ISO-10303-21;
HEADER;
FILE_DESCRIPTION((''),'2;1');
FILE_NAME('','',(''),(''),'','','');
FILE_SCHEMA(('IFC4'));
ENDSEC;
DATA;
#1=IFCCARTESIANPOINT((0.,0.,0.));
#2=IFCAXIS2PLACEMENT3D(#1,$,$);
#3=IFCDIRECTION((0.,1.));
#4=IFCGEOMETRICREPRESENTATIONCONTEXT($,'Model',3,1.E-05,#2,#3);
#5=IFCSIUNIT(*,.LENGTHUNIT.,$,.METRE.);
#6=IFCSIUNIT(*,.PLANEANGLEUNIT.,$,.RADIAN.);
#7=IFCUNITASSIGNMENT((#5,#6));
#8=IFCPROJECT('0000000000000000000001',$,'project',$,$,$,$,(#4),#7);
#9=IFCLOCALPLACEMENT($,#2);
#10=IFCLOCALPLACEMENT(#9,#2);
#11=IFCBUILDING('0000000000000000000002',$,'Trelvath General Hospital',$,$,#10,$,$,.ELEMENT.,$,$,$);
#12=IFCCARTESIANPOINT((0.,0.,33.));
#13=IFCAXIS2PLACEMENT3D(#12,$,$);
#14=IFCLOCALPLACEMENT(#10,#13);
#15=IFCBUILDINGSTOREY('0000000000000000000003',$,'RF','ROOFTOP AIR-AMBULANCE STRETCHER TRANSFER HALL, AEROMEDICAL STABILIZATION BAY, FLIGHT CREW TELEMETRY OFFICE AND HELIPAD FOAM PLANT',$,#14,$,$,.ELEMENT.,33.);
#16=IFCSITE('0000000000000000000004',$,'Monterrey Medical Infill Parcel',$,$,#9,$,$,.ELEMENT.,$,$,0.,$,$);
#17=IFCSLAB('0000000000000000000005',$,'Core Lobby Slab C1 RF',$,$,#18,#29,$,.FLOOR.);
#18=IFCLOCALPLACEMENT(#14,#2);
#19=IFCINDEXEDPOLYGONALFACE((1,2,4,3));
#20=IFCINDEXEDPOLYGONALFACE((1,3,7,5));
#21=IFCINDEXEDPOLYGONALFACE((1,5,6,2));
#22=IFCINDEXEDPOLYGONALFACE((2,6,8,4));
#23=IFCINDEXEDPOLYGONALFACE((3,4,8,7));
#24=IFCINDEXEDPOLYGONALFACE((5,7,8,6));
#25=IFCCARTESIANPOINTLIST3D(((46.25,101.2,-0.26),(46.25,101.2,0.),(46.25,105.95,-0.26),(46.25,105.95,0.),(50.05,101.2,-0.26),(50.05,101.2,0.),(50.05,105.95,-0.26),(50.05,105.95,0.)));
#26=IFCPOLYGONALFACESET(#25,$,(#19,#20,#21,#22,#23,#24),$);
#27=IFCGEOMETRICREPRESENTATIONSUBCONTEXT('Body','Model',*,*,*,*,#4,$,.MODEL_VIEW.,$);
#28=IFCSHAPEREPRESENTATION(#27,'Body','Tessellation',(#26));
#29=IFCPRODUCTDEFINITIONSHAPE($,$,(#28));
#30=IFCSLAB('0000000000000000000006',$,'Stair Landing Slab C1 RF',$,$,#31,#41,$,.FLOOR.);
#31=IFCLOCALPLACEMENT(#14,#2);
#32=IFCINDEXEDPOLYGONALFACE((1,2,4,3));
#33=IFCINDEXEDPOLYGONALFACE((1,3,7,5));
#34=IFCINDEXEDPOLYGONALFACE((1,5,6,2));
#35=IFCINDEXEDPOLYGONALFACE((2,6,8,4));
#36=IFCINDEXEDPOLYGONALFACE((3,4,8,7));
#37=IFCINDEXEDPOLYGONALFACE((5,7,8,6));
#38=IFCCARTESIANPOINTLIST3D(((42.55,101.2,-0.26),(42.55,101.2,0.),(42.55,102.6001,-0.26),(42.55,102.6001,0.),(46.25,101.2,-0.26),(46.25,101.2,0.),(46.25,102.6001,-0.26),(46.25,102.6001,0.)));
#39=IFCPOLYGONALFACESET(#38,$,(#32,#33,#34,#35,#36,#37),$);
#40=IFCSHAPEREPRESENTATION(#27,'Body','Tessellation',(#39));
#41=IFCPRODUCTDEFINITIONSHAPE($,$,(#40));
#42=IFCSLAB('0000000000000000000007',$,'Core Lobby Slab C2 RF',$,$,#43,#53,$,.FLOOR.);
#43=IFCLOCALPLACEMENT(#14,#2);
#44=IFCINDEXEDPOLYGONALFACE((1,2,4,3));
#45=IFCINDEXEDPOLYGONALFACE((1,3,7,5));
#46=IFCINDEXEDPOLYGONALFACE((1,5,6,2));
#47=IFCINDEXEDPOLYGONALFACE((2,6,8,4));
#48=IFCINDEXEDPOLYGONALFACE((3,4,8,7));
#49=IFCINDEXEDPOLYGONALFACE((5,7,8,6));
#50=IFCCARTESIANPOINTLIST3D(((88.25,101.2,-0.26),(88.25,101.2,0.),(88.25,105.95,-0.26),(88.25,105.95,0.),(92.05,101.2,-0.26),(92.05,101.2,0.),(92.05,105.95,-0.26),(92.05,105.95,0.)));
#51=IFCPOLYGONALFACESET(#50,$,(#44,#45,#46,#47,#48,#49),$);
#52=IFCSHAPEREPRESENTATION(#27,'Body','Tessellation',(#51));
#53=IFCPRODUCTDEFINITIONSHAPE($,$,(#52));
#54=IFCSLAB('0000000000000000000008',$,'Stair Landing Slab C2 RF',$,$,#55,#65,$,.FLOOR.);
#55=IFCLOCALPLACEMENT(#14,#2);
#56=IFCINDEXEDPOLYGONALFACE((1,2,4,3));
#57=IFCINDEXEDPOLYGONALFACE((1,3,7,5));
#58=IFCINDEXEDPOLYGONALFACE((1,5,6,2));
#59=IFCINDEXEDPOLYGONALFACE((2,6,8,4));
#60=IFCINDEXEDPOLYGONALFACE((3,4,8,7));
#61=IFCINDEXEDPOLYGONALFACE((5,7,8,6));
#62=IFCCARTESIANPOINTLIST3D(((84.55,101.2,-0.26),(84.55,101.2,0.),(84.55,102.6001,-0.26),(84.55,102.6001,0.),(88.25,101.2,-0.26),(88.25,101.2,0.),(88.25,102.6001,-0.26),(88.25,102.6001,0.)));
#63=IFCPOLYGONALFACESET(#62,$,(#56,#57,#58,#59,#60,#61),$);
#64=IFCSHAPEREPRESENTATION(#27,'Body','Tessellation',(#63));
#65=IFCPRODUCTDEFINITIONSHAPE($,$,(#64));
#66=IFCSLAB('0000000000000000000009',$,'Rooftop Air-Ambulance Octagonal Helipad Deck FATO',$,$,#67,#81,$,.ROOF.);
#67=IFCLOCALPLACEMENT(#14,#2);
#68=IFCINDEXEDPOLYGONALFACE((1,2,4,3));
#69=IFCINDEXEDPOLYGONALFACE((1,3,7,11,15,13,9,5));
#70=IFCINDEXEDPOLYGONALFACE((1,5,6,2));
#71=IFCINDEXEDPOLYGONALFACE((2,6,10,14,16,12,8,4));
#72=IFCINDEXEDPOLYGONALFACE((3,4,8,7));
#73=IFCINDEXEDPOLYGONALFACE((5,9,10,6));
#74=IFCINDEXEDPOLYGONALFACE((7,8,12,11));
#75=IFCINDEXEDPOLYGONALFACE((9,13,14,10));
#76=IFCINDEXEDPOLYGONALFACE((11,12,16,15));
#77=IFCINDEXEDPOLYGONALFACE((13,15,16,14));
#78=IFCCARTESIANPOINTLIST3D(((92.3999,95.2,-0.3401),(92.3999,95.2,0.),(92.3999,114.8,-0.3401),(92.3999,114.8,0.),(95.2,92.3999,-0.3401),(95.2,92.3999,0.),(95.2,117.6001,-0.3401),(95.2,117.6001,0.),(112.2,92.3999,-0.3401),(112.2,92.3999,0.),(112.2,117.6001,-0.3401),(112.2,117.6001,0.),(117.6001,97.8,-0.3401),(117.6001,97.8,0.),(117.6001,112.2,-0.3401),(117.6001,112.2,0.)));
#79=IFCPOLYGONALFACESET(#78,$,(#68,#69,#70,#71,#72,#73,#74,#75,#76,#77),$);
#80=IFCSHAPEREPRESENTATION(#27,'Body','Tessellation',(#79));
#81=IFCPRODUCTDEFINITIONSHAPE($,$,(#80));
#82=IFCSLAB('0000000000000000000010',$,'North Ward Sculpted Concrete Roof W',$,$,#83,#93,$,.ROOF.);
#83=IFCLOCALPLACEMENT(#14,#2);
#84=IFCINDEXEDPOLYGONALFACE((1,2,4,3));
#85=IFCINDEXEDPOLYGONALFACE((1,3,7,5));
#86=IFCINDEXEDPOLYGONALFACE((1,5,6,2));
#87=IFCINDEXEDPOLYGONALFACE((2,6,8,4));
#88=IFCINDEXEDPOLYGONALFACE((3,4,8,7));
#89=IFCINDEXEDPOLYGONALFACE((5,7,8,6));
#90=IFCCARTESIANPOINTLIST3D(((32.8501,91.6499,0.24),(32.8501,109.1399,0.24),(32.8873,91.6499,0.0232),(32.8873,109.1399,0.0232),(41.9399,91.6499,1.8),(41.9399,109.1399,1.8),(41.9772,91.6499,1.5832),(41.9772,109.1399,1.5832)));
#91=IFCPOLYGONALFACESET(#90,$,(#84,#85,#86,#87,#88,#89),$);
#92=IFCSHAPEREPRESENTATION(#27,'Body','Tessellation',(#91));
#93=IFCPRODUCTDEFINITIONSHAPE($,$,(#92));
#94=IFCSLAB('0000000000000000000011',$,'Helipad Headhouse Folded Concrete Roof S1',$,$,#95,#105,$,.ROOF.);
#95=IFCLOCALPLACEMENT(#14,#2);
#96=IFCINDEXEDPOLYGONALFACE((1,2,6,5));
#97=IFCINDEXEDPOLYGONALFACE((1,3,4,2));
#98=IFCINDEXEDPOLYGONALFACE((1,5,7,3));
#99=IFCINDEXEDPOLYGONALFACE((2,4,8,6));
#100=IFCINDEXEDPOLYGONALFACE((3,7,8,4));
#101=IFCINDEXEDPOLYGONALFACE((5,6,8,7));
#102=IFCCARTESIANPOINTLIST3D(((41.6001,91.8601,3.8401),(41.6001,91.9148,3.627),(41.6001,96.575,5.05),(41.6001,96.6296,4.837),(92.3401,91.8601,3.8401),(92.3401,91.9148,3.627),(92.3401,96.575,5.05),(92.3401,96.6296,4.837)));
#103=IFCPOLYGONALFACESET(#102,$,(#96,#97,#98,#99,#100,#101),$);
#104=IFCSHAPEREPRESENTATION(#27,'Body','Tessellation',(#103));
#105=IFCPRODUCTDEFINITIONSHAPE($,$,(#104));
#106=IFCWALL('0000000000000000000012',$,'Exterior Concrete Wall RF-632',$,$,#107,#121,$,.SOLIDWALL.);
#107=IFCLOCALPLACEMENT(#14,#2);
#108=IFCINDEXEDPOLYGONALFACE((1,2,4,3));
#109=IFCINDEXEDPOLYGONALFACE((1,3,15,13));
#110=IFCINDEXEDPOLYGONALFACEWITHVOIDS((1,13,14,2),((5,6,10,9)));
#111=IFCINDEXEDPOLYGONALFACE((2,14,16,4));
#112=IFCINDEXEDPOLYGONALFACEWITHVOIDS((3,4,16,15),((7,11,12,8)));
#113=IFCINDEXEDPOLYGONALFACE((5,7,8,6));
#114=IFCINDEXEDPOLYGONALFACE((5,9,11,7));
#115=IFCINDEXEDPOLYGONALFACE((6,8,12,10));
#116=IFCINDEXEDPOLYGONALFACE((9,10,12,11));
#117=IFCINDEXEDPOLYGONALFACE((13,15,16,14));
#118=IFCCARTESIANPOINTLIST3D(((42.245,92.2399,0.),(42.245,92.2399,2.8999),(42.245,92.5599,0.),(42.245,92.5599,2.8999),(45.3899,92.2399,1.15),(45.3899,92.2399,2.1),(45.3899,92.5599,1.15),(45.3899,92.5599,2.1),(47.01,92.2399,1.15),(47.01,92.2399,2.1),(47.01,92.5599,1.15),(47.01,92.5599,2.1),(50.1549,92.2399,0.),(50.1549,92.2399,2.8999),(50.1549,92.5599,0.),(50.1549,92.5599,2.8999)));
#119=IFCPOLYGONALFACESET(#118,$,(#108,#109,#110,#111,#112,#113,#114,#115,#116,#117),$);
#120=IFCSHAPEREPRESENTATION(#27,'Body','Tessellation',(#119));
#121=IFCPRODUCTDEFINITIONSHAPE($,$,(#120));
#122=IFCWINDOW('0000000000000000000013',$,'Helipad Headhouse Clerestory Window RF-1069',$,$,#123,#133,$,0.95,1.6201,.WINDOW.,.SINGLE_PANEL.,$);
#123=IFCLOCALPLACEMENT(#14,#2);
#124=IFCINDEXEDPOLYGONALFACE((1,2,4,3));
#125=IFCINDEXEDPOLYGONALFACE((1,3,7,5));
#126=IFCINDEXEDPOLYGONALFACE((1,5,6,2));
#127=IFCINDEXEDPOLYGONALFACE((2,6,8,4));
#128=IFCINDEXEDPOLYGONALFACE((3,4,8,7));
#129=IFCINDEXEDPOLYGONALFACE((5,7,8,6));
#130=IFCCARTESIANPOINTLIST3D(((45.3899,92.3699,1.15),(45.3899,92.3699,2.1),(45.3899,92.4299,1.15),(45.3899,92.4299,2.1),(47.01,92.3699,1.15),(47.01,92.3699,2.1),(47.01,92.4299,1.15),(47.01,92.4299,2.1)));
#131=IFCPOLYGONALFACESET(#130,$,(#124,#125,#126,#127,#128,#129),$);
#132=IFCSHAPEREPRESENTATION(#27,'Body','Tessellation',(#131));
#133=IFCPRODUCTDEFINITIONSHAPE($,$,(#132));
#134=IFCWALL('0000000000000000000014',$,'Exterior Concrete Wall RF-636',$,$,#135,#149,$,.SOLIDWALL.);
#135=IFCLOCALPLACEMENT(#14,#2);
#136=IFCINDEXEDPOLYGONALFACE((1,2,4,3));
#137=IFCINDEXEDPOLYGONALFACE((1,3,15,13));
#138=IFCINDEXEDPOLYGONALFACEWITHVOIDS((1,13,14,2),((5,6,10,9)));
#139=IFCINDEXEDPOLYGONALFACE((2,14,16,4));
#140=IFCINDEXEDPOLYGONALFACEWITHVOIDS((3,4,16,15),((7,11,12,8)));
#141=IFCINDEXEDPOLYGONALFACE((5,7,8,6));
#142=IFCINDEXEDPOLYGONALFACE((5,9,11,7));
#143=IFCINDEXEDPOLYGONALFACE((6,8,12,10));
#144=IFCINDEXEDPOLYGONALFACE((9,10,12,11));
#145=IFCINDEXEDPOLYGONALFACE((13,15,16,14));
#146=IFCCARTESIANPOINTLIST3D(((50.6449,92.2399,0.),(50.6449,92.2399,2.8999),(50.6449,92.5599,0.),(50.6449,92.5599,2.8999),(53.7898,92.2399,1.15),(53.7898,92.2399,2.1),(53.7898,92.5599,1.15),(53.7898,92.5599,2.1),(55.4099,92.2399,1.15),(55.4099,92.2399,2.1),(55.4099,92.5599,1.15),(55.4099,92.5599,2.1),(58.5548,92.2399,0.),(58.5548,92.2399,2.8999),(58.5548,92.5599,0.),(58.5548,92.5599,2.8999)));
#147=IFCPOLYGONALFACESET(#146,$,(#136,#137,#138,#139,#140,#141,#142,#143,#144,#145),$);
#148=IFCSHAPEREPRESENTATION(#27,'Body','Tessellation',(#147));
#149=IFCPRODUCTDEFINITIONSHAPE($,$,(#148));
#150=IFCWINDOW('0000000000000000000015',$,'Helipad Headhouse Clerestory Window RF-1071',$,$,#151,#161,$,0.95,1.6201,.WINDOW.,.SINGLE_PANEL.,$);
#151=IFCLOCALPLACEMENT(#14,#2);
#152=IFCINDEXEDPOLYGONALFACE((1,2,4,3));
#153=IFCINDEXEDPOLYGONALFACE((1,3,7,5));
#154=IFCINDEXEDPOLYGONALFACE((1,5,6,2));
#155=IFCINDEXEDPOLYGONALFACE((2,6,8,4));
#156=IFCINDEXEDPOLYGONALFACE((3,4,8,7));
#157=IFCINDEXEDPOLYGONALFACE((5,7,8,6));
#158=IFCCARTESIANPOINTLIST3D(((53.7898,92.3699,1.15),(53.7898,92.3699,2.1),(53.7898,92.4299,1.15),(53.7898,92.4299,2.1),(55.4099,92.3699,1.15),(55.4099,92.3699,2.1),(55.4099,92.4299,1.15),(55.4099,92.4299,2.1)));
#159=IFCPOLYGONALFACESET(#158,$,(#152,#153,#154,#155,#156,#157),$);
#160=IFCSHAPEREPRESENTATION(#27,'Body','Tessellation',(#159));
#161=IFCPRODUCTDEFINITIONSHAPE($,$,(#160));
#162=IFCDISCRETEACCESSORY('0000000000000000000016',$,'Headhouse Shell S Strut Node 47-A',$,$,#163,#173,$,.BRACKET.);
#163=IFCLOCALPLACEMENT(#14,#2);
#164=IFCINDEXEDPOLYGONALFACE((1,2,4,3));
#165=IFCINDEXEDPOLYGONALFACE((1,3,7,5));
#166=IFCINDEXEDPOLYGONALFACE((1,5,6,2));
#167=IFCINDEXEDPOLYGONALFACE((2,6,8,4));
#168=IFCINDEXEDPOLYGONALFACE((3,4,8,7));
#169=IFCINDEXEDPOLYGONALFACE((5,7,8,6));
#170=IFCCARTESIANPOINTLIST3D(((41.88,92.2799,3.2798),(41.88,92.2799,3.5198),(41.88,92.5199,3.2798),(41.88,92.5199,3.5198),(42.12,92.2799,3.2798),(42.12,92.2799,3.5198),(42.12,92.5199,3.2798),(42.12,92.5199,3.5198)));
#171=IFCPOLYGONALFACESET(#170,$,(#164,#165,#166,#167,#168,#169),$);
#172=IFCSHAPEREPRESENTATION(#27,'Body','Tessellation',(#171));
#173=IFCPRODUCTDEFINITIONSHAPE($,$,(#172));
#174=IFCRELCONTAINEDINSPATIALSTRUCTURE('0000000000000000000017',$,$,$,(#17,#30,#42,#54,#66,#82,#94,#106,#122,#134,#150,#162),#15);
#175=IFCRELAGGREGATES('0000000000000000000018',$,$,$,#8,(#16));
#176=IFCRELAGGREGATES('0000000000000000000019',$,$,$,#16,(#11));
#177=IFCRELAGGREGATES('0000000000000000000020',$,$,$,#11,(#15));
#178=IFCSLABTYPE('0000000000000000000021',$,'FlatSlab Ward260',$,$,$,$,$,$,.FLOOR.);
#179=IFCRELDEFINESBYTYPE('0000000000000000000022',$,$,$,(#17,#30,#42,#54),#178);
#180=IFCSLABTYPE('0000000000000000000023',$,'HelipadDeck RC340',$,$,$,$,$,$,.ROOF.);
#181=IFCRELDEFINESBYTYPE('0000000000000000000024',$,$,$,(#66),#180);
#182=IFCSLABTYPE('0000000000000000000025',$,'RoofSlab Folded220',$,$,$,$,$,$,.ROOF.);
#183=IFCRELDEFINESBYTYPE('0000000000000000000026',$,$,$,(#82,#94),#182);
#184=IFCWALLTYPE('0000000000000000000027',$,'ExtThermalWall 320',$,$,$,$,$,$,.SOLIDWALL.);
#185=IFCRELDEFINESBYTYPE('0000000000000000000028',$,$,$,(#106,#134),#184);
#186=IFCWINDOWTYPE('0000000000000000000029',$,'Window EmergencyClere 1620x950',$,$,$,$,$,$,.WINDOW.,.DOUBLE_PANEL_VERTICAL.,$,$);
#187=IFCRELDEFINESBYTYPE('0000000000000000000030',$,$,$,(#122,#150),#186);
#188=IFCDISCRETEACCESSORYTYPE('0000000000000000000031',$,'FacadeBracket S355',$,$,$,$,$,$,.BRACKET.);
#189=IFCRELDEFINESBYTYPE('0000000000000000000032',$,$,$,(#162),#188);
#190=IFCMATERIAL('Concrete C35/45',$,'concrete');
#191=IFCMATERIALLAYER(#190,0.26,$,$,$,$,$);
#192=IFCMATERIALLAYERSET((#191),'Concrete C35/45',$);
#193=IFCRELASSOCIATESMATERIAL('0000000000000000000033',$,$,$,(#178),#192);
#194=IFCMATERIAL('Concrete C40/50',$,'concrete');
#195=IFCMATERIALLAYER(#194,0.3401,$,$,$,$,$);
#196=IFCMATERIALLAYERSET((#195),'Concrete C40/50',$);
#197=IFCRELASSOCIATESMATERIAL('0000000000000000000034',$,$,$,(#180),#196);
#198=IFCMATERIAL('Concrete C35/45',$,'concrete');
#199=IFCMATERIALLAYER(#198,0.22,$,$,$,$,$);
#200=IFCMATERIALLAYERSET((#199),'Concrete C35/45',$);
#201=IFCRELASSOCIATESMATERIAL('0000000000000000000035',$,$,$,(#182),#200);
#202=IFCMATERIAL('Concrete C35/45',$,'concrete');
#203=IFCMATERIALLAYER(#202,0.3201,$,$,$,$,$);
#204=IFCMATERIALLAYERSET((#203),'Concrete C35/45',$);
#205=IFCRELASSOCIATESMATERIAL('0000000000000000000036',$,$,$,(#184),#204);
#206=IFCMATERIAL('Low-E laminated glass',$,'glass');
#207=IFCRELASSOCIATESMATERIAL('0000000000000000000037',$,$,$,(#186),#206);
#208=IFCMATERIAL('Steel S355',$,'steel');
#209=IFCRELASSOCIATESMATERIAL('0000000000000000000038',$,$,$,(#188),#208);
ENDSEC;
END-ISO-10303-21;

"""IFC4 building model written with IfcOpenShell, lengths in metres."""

from ifc_helpers import new_model, si_unit, direction, frame, frame_2d, origin, origin_2d, place, context, subcontext, project, spatial, polyline, rectangle, outline, extrude, material, layer, layer_set, type_object, element, fill, save


model = new_model("IFC4")

# Units and contexts
model_context = context("Model", 3, precision=1e-05, world=origin(), true_north=direction((0.0, 1.0)))
body_context = subcontext(model_context, "Body", "Model", "MODEL_VIEW")
ifc_project = project(units=[si_unit("LENGTHUNIT", "METRE"), si_unit("PLANEANGLEUNIT", "RADIAN")], contexts=[model_context])

# Site, building, storey
site_placement = place(None, origin())
site = spatial("IfcSite", under=ifc_project, at=site_placement, Name="Monterrey Medical Infill Parcel", CompositionType="ELEMENT", RefElevation=0.0)
building_placement = place(site_placement, origin())
building = spatial("IfcBuilding", under=site, at=building_placement, Name="Trelvath General Hospital", CompositionType="ELEMENT")
storey_placement = place(building_placement, frame((0.0, 0.0, 33.0)))
storey = spatial("IfcBuildingStorey", under=building, at=storey_placement, Name="RF", Description="ROOFTOP AIR-AMBULANCE STRETCHER TRANSFER HALL, AEROMEDICAL STABILIZATION BAY, FLIGHT CREW TELEMETRY OFFICE AND HELIPAD FOAM PLANT", CompositionType="ELEMENT", Elevation=33.0)

# Slabs
ifc_material_1 = material(Name="Concrete C35/45", Category="concrete")
ifc_layer_1 = layer(ifc_material_1, 0.26)
ifc_layer_set_1 = layer_set([ifc_layer_1], Name="Concrete C35/45")
slab_type_1 = type_object("IfcSlabType", Name="FlatSlab Ward260", PredefinedType="FLOOR", material=ifc_layer_set_1)
slab_1_placement = place(storey_placement, frame((0.0, 0.0, -0.26)))
element("IfcSlab", 1, at=slab_1_placement, inside=storey, type_object=slab_type_1, Name="Core Lobby Slab C1 RF", PredefinedType="FLOOR", context=body_context, shape_type="SweptSolid", body=[
    extrude(outline(polyline([(46.25, 101.2), (50.05, 101.2), (50.05, 105.95), (46.25, 105.95), (46.25, 101.2)])), origin(), (0.0, 0.0, 1.0), 0.26),
])
slab_2_placement = place(storey_placement, frame((0.0, 0.0, -0.26)))
element("IfcSlab", 2, at=slab_2_placement, inside=storey, type_object=slab_type_1, Name="Stair Landing Slab C1 RF", PredefinedType="FLOOR", context=body_context, shape_type="SweptSolid", body=[
    extrude(outline(polyline([(42.55, 101.2), (46.25, 101.2), (46.25, 102.6001), (42.55, 102.6001), (42.55, 101.2)])), origin(), (0.0, 0.0, 1.0), 0.26),
])
slab_3_placement = place(storey_placement, frame((0.0, 0.0, -0.26)))
element("IfcSlab", 3, at=slab_3_placement, inside=storey, type_object=slab_type_1, Name="Core Lobby Slab C2 RF", PredefinedType="FLOOR", context=body_context, shape_type="SweptSolid", body=[
    extrude(outline(polyline([(88.25, 101.2), (92.05, 101.2), (92.05, 105.95), (88.25, 105.95), (88.25, 101.2)])), origin(), (0.0, 0.0, 1.0), 0.26),
])
slab_4_placement = place(storey_placement, frame((0.0, 0.0, -0.26)))
element("IfcSlab", 4, at=slab_4_placement, inside=storey, type_object=slab_type_1, Name="Stair Landing Slab C2 RF", PredefinedType="FLOOR", context=body_context, shape_type="SweptSolid", body=[
    extrude(outline(polyline([(84.55, 101.2), (88.25, 101.2), (88.25, 102.6001), (84.55, 102.6001), (84.55, 101.2)])), origin(), (0.0, 0.0, 1.0), 0.26),
])
ifc_material_2 = material(Name="Concrete C40/50", Category="concrete")
ifc_layer_2 = layer(ifc_material_2, 0.3401)
ifc_layer_set_2 = layer_set([ifc_layer_2], Name="Concrete C40/50")
slab_type_2 = type_object("IfcSlabType", Name="HelipadDeck RC340", PredefinedType="ROOF", material=ifc_layer_set_2)
slab_5_placement = place(storey_placement, frame((0.0, 0.0, -0.3401)))
element("IfcSlab", 5, at=slab_5_placement, inside=storey, type_object=slab_type_2, Name="Rooftop Air-Ambulance Octagonal Helipad Deck FATO", PredefinedType="ROOF", context=body_context, shape_type="SweptSolid", body=[
    extrude(outline(polyline([(95.2, 92.3999), (112.2, 92.3999), (117.6001, 97.8), (117.6001, 112.2), (112.2, 117.6001), (95.2, 117.6001), (92.3999, 114.8), (92.3999, 95.2), (95.2, 92.3999)])), origin(), (0.0, 0.0, 1.0), 0.3401),
])
ifc_material_3 = material(Name="Concrete C35/45", Category="concrete")
ifc_layer_3 = layer(ifc_material_3, 0.22)
ifc_layer_set_3 = layer_set([ifc_layer_3], Name="Concrete C35/45")
slab_type_3 = type_object("IfcSlabType", Name="RoofSlab Folded220", PredefinedType="ROOF", material=ifc_layer_set_3)
slab_6_placement = place(storey_placement, frame((32.8501, 91.6499, 0.24), z_axis=(-0.169153, 0.0, 0.98559), x_axis=(0.98559, 0.0, 0.169153)))
element("IfcSlab", 6, at=slab_6_placement, inside=storey, type_object=slab_type_3, Name="North Ward Sculpted Concrete Roof W", PredefinedType="ROOF", context=body_context, shape_type="SweptSolid", body=[
    extrude(outline(polyline([(0.0, 0.0), (9.2227, 0.0), (9.2227, 17.49), (0.0, 17.49), (0.0, 0.0)])), origin(), (0.0, 0.0, -1.0), 0.22),
])
slab_7_placement = place(storey_placement, frame((41.6001, 91.8601, 3.8401), z_axis=(0.0, -0.248573, 0.968613), x_axis=(1.0, 0.0, 0.0)))
element("IfcSlab", 7, at=slab_7_placement, inside=storey, type_object=slab_type_3, Name="Helipad Headhouse Folded Concrete Roof S1", PredefinedType="ROOF", context=body_context, shape_type="SweptSolid", body=[
    extrude(outline(polyline([(0.0, 0.0), (50.74, 0.0), (50.74, 4.8676), (0.0, 4.8676), (0.0, 0.0)])), origin(), (0.0, 0.0, -1.0), 0.22),
])

# Walls, openings, windows
ifc_material_4 = material(Name="Concrete C35/45", Category="concrete")
ifc_layer_4 = layer(ifc_material_4, 0.3201)
ifc_layer_set_4 = layer_set([ifc_layer_4], Name="Concrete C35/45")
wall_type = type_object("IfcWallType", Name="ExtThermalWall 320", PredefinedType="SOLIDWALL", material=ifc_layer_set_4)
wall_1_placement = place(storey_placement, frame((50.155, 92.3999, 0.0), z_axis=(0.0, 0.0, 1.0), x_axis=(-1.0, 0.0, 0.0)))
wall_1 = element("IfcWall", 8, at=wall_1_placement, inside=storey, type_object=wall_type, Name="Exterior Concrete Wall RF-632", PredefinedType="SOLIDWALL", context=body_context, shape_type="SweptSolid", body=[
    extrude(rectangle(XDim=7.9099, YDim=0.3201, at=frame_2d((3.9551, 0.0))), origin(), (0.0, 0.0, 1.0), 2.8999),
])
opening_1_placement = place(wall_1_placement, frame((3.145, 0.0, 1.1499)))
opening_1 = element("IfcOpeningElement", 9, at=opening_1_placement, cuts=wall_1, PredefinedType="OPENING", context=body_context, shape_type="SweptSolid", body=[
    extrude(rectangle(XDim=1.6201, YDim=0.95, at=frame_2d((0.8101, 0.4751))), frame((0.0, 0.1699, 0.0), z_axis=(0.0, -1.0, 0.0), x_axis=(1.0, 0.0, 0.0)), (0.0, 0.0, 1.0), 0.3401),
])
ifc_material_5 = material(Name="Low-E laminated glass", Category="glass")
window_type = type_object("IfcWindowType", Name="Window EmergencyClere 1620x950", PartitioningType="DOUBLE_PANEL_VERTICAL", PredefinedType="WINDOW", material=ifc_material_5)
window_1_placement = place(opening_1_placement, origin())
window_1 = element("IfcWindow", 10, at=window_1_placement, inside=storey, type_object=window_type, Name="Helipad Headhouse Clerestory Window RF-1069", OverallHeight=0.95, OverallWidth=1.6201, PartitioningType="SINGLE_PANEL", PredefinedType="WINDOW", context=body_context, shape_type="SweptSolid", body=[
    extrude(rectangle(XDim=1.6201, YDim=0.95, at=frame_2d((0.8101, 0.4751))), frame((0.0, 0.03, 0.0), z_axis=(0.0, -1.0, 0.0), x_axis=(1.0, 0.0, 0.0)), (0.0, 0.0, 1.0), 0.0601),
])
fill(opening_1, window_1)
wall_2_placement = place(storey_placement, frame((58.5549, 92.3999, 0.0), z_axis=(0.0, 0.0, 1.0), x_axis=(-1.0, 0.0, 0.0)))
wall_2 = element("IfcWall", 11, at=wall_2_placement, inside=storey, type_object=wall_type, Name="Exterior Concrete Wall RF-636", PredefinedType="SOLIDWALL", context=body_context, shape_type="SweptSolid", body=[
    extrude(rectangle(XDim=7.9099, YDim=0.3201, at=frame_2d((3.9551, 0.0))), origin(), (0.0, 0.0, 1.0), 2.8999),
])
opening_2_placement = place(wall_2_placement, frame((3.145, 0.0, 1.1499)))
opening_2 = element("IfcOpeningElement", 12, at=opening_2_placement, cuts=wall_2, PredefinedType="OPENING", context=body_context, shape_type="SweptSolid", body=[
    extrude(rectangle(XDim=1.6201, YDim=0.95, at=frame_2d((0.8101, 0.4751))), frame((0.0, 0.1699, 0.0), z_axis=(0.0, -1.0, 0.0), x_axis=(1.0, 0.0, 0.0)), (0.0, 0.0, 1.0), 0.3401),
])
window_2_placement = place(opening_2_placement, origin())
window_2 = element("IfcWindow", 13, at=window_2_placement, inside=storey, type_object=window_type, Name="Helipad Headhouse Clerestory Window RF-1071", OverallHeight=0.95, OverallWidth=1.6201, PartitioningType="SINGLE_PANEL", PredefinedType="WINDOW", context=body_context, shape_type="SweptSolid", body=[
    extrude(rectangle(XDim=1.6201, YDim=0.95, at=frame_2d((0.8101, 0.4751))), frame((0.0, 0.03, 0.0), z_axis=(0.0, -1.0, 0.0), x_axis=(1.0, 0.0, 0.0)), (0.0, 0.0, 1.0), 0.0601),
])
fill(opening_2, window_2)

# Discrete accessory
ifc_material_6 = material(Name="Steel S355", Category="steel")
discrete_accessory_type = type_object("IfcDiscreteAccessoryType", Name="FacadeBracket S355", PredefinedType="BRACKET", material=ifc_material_6)
for number, where, z_axis, x_axis, name in (
    (14, (42.0, 92.3999, 3.2798), (0.0, 0.0, 1.0), (1.0, 0.0, 0.0), "Headhouse Shell S Strut Node 47-A"),
):
    element("IfcDiscreteAccessory", number, at=place(storey_placement, frame(where, z_axis=z_axis, x_axis=x_axis)), inside=storey, type_object=discrete_accessory_type, Name=name, PredefinedType="BRACKET", context=body_context, shape_type="SweptSolid", body=[
        extrude(rectangle(XDim=0.24, YDim=0.24, at=origin_2d()), origin(), (0.0, 0.0, 1.0), 0.24),
    ])

save(model, "model.ifc")
